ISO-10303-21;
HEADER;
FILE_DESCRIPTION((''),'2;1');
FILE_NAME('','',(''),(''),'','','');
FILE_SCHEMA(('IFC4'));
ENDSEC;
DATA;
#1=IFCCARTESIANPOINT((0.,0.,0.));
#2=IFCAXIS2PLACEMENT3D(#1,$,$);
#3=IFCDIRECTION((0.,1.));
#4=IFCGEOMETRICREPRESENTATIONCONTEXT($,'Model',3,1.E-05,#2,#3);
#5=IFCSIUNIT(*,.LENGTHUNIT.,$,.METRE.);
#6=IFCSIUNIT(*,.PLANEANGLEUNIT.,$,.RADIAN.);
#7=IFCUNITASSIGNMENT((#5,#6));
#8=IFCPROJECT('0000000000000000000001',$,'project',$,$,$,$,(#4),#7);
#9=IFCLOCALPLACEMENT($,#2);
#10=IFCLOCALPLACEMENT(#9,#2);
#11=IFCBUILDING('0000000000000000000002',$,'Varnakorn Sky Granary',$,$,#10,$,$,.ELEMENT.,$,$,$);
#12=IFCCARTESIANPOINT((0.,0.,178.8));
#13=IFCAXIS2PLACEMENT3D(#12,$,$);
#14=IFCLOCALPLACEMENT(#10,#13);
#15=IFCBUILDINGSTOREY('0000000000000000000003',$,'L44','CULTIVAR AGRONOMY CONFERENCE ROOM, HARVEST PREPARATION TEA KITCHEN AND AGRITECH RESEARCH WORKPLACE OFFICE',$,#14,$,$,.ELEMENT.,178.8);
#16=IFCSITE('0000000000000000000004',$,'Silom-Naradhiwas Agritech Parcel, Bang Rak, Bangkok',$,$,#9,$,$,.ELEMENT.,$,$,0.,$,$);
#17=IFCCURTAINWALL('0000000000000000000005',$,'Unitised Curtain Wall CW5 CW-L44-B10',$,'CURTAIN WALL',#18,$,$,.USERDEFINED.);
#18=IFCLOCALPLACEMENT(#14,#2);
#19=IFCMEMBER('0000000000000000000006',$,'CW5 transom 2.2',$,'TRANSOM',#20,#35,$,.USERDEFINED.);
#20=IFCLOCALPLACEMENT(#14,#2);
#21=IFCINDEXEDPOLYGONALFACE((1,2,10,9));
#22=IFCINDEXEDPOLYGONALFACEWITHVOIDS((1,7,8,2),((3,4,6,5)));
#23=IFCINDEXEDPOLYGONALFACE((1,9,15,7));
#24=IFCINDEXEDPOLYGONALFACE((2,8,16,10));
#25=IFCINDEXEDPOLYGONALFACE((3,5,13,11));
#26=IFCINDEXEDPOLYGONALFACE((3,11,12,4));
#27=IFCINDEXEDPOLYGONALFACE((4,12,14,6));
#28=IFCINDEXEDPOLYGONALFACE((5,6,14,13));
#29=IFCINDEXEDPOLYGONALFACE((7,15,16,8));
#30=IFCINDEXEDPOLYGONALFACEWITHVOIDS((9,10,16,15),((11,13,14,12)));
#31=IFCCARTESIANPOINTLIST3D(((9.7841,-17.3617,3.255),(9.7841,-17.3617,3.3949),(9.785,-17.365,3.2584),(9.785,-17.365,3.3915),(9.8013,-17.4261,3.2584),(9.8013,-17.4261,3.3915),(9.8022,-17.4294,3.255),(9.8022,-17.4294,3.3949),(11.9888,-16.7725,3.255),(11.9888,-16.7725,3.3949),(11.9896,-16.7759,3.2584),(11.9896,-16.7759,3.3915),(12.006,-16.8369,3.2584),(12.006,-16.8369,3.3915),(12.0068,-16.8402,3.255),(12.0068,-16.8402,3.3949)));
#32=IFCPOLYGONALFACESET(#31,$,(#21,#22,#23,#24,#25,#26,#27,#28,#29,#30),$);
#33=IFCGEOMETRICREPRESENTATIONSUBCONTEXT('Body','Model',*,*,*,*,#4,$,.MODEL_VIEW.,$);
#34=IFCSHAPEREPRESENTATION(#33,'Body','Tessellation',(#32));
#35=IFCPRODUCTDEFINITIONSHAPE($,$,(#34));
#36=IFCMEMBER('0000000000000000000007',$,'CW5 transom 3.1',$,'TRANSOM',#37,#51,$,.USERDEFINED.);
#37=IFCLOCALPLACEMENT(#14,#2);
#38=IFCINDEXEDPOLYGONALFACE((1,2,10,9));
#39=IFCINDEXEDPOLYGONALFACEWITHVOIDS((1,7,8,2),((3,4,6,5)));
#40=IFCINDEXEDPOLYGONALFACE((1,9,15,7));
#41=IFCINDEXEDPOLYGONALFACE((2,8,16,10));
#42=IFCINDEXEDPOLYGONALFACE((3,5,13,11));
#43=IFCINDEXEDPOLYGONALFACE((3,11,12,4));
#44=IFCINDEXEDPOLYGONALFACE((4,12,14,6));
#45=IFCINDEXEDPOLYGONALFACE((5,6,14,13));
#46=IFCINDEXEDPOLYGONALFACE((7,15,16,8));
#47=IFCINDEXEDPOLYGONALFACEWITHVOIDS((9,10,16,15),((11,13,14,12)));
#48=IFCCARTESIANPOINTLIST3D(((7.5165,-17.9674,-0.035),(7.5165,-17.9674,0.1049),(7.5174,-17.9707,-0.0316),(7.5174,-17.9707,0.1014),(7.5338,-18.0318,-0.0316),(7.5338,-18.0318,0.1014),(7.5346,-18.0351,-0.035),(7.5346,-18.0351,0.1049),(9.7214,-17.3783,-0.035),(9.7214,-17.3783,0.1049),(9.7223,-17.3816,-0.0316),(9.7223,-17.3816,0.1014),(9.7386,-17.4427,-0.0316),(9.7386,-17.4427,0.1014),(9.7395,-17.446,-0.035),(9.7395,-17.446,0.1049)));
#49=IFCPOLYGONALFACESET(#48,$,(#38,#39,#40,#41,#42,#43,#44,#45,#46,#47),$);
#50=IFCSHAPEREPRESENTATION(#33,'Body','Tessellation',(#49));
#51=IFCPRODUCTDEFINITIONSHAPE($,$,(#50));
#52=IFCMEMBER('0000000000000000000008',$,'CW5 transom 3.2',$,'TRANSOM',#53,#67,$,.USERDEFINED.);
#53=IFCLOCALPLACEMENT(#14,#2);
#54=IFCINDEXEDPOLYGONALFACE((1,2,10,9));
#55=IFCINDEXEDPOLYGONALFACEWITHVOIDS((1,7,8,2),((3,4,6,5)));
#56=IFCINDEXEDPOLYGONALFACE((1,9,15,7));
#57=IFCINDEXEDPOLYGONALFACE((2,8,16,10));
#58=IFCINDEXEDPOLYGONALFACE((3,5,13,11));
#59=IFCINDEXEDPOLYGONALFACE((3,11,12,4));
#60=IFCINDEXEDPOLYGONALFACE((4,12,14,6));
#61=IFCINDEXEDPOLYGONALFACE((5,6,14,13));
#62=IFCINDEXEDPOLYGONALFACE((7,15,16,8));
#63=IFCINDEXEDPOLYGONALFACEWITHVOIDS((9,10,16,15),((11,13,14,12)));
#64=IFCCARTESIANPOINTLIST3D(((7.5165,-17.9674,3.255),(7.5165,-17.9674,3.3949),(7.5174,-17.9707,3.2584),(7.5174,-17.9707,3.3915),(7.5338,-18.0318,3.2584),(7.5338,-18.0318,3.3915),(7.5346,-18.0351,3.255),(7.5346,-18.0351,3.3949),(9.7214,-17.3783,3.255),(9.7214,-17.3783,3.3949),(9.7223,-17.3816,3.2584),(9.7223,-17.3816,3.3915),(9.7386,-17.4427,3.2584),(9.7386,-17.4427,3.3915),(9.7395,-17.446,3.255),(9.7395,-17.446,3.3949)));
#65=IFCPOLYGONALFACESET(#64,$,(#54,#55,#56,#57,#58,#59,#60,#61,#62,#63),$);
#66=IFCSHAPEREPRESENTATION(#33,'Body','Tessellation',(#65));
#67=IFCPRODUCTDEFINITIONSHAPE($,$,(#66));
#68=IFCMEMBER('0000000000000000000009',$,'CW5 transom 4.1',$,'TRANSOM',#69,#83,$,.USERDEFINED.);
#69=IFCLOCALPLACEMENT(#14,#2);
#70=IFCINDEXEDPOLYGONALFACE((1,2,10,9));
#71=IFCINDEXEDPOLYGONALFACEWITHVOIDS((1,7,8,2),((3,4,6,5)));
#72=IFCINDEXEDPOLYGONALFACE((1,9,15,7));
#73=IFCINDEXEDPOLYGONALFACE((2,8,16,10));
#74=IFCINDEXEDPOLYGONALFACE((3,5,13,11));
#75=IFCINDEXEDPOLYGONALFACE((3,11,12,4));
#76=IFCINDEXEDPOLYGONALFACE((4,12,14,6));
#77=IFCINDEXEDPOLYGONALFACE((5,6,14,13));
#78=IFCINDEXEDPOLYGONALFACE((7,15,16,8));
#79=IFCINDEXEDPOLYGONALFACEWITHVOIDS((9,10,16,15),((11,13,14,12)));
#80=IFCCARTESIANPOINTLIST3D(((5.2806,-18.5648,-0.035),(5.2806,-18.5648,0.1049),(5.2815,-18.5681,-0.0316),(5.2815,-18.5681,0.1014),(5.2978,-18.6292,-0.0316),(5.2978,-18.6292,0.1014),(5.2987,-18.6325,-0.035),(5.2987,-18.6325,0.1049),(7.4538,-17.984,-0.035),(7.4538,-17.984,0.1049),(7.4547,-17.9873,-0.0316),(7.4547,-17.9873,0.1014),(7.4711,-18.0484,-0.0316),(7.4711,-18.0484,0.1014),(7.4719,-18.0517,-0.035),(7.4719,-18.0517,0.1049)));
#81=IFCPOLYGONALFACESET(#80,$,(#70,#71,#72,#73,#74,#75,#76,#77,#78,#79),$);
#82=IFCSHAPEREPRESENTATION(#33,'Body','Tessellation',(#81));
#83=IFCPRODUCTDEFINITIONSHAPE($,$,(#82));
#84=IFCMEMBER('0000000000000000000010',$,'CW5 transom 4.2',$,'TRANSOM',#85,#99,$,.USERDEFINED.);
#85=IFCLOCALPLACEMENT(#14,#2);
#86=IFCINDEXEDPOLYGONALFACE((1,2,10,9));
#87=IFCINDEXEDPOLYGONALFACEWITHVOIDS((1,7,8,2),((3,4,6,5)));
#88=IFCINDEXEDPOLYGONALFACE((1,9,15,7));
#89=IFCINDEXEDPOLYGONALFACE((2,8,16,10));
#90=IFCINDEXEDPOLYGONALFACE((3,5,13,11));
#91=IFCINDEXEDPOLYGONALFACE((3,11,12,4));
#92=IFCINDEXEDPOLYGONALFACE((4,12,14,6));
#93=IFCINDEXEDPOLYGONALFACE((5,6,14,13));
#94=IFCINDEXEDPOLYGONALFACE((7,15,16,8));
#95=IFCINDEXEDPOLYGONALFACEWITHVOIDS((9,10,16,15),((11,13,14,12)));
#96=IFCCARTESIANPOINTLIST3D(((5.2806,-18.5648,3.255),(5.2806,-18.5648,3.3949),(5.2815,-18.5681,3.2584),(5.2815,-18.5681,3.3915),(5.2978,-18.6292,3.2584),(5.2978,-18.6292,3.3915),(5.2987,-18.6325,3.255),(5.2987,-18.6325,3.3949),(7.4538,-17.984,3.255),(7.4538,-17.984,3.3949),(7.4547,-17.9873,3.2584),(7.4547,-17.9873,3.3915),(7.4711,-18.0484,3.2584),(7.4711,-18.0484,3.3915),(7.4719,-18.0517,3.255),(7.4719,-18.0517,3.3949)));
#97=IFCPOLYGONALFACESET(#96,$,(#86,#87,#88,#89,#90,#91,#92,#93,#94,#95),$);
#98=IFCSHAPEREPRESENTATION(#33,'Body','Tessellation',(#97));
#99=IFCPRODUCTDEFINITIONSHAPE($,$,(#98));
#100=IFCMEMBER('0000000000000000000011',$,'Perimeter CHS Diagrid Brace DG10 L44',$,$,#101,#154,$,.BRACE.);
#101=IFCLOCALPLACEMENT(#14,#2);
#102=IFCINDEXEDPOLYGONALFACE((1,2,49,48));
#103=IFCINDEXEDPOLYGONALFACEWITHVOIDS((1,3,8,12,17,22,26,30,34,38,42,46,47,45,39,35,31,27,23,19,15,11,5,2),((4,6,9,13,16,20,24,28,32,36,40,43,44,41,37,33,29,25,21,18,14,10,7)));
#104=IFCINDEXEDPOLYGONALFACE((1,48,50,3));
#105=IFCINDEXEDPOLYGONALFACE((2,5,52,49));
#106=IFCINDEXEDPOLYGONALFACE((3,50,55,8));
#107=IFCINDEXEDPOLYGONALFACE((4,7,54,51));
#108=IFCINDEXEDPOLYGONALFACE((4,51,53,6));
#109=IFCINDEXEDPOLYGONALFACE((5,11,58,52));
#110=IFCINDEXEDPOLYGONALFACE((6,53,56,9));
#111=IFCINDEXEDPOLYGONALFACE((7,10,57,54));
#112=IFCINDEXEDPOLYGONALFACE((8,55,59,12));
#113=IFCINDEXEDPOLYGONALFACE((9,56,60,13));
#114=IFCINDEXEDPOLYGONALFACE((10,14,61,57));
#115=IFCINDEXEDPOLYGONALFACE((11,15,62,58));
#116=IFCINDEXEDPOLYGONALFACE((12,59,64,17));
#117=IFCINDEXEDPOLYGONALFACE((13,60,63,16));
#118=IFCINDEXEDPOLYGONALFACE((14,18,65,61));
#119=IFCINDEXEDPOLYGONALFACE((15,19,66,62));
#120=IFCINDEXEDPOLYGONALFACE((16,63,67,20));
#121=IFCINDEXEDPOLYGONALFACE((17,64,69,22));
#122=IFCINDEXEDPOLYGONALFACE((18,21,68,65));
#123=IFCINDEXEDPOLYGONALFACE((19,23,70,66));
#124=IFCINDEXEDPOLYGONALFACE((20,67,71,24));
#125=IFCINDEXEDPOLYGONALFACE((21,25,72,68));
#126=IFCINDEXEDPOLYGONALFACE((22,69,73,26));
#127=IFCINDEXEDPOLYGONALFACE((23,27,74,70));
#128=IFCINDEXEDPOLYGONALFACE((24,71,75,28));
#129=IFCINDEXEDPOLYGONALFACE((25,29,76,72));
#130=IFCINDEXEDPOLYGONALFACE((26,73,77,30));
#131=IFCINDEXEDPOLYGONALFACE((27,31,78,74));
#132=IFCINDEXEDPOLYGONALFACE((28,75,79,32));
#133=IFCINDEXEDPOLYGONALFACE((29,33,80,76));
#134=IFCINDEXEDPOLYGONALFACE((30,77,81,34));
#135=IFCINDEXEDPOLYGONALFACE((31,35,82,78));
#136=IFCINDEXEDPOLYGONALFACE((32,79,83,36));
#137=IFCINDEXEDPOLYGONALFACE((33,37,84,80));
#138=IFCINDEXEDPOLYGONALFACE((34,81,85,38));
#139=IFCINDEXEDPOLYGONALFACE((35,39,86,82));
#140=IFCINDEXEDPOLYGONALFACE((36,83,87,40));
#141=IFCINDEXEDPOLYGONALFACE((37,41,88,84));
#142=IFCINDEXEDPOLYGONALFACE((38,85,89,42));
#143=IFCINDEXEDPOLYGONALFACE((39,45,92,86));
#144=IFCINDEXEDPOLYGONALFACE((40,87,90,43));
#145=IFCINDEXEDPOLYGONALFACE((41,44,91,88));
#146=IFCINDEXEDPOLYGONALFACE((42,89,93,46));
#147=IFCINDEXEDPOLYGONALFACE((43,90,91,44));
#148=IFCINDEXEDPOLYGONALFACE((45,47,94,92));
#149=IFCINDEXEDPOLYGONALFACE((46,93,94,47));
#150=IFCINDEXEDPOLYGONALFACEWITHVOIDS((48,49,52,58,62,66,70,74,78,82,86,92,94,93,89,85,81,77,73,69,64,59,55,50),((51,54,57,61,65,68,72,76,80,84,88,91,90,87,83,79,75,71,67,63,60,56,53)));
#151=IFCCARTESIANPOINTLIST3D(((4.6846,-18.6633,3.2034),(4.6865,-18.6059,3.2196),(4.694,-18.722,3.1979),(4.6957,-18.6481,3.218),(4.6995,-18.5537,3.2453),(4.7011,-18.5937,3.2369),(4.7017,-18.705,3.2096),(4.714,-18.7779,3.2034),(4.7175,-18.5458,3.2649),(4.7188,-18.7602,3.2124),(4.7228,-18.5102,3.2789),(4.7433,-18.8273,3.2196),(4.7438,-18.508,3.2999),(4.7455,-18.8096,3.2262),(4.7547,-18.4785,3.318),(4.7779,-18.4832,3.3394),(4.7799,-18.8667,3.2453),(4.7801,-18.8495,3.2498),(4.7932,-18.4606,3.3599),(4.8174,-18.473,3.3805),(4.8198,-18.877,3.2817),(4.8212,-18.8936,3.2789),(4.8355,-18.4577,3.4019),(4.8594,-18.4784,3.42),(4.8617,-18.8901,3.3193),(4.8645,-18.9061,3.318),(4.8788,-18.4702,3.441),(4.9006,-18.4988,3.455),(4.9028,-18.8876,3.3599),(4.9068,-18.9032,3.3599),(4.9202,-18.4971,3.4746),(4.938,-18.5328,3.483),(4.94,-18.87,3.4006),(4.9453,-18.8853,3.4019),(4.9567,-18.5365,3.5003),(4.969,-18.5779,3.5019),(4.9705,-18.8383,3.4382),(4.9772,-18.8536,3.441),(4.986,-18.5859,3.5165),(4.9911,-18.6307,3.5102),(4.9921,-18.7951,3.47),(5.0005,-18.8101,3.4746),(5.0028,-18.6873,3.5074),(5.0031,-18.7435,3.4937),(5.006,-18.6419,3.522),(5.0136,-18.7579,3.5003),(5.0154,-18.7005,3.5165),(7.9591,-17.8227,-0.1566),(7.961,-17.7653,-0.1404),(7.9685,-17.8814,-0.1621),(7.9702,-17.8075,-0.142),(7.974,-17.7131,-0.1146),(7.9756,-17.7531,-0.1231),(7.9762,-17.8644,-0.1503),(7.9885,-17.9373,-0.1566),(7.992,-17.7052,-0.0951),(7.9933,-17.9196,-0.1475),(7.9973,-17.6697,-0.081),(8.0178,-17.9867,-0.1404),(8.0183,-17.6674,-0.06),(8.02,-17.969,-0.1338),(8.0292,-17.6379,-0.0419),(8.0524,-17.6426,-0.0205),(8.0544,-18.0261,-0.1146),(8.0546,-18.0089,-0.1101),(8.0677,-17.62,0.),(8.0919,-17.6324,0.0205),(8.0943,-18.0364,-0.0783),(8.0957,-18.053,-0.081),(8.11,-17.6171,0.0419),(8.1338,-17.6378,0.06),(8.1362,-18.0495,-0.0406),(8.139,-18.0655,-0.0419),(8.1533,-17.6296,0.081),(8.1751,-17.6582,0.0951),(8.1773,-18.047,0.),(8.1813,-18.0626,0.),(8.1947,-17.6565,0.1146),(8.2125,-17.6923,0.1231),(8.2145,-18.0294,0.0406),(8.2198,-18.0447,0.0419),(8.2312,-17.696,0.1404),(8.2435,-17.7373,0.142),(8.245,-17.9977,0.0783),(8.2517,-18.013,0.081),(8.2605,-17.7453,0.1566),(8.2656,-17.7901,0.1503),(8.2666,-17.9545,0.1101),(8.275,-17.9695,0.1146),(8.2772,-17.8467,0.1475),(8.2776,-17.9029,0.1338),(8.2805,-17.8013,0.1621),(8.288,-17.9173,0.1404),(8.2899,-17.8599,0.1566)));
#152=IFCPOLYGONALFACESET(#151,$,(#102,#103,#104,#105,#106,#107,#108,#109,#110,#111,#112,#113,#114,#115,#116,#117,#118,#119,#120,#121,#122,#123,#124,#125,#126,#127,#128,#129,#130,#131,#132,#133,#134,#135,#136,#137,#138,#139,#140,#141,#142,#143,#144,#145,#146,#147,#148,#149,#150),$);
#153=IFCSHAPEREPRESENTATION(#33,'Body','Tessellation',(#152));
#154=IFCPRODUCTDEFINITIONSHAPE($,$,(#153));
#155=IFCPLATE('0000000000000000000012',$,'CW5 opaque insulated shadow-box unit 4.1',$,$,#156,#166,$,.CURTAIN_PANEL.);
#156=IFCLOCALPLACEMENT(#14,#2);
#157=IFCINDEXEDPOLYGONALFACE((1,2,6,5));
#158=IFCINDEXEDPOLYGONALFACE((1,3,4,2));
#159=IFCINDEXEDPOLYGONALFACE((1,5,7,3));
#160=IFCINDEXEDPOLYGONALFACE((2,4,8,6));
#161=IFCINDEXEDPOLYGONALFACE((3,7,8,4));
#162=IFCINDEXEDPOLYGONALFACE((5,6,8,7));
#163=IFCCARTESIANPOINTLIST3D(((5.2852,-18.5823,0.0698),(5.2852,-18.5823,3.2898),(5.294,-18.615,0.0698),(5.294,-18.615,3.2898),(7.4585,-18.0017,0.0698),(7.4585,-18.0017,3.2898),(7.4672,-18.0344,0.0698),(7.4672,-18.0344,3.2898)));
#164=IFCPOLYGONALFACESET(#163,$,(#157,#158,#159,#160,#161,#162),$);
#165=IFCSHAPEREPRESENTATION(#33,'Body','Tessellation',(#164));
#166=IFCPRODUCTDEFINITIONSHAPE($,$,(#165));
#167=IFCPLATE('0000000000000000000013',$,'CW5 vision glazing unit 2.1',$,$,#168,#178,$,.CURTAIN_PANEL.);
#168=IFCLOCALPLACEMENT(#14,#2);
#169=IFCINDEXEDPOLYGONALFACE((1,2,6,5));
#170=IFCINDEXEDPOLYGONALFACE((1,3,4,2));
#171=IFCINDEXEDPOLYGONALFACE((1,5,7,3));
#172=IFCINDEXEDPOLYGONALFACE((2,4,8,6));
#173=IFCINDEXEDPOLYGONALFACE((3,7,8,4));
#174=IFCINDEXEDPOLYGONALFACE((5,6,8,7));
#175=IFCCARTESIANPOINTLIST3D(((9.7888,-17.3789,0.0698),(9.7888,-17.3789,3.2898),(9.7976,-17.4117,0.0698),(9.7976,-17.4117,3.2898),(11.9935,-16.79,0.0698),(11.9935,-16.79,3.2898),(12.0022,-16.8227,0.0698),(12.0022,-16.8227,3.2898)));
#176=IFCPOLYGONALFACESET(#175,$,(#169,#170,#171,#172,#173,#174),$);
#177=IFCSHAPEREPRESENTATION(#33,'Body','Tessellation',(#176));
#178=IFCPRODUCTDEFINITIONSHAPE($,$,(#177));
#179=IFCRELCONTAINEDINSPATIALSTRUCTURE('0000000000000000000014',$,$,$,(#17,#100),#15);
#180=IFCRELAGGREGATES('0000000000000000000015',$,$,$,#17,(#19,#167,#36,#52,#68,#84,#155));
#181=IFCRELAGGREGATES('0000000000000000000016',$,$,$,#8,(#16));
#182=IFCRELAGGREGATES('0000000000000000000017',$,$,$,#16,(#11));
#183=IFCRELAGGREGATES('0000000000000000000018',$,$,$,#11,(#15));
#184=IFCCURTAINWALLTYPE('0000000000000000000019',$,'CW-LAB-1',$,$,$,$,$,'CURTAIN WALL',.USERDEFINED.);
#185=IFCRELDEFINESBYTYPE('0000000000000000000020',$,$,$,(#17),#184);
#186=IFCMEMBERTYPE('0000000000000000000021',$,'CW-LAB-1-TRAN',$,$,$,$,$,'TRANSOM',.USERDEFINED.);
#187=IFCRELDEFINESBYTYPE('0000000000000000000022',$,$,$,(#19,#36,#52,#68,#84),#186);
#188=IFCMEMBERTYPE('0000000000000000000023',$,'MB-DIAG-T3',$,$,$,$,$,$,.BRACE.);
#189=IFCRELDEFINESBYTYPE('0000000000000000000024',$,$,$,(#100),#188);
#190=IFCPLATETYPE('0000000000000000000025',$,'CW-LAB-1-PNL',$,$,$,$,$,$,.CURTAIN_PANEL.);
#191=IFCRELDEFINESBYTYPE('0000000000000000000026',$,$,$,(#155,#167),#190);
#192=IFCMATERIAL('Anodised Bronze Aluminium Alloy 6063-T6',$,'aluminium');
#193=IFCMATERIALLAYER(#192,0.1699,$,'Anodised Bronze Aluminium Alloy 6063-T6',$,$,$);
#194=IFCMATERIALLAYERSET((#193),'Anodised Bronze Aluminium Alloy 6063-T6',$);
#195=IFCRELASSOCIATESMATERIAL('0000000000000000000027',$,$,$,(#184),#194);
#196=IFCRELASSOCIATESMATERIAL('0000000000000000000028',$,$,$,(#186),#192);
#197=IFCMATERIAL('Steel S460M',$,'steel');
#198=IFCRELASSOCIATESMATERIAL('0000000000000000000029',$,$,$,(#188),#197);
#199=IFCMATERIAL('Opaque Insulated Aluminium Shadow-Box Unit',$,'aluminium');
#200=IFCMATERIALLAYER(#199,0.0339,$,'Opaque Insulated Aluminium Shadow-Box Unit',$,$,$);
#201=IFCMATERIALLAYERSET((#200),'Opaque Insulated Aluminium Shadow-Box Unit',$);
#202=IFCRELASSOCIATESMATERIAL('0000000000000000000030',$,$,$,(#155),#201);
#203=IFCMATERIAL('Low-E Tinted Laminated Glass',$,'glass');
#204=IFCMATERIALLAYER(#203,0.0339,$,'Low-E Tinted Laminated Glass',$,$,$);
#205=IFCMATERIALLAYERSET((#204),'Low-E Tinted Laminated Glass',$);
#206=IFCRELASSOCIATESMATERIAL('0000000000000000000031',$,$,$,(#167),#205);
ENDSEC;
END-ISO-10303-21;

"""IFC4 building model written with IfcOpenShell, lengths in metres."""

from ifc_helpers import new_model, si_unit, direction, frame, origin, origin_2d, place, context, subcontext, project, spatial, rectangle, hollow_rectangle, hollow_circle, extrude, source, transform, mapped, material, layer, layer_set, material_profile, profile_set, type_object, type_shapes, element, aggregate, save


model = new_model("IFC4")

# Units and contexts
model_context = context("Model", 3, precision=1e-05, world=origin(), true_north=direction((0.0, 1.0)))
body_context = subcontext(model_context, "Body", "Model", "MODEL_VIEW")
ifc_project = project(units=[si_unit("LENGTHUNIT", "METRE"), si_unit("PLANEANGLEUNIT", "RADIAN")], contexts=[model_context])

# Site, building, storey
site_placement = place(None, origin())
site = spatial("IfcSite", under=ifc_project, at=site_placement, Name="Silom-Naradhiwas Agritech Parcel, Bang Rak, Bangkok", CompositionType="ELEMENT", RefElevation=0.0)
building_placement = place(site_placement, origin())
building = spatial("IfcBuilding", under=site, at=building_placement, Name="Varnakorn Sky Granary", CompositionType="ELEMENT")
storey_placement = place(building_placement, frame((0.0, 0.0, 178.8)))
storey = spatial("IfcBuildingStorey", under=building, at=storey_placement, Name="L44", Description="CULTIVAR AGRONOMY CONFERENCE ROOM, HARVEST PREPARATION TEA KITCHEN AND AGRITECH RESEARCH WORKPLACE OFFICE", CompositionType="ELEMENT", Elevation=178.8)

# Shared definitions
ifc_material_1 = material(Name="Steel S460M", Category="steel")

# Curtain wall, members
ifc_material_2 = material(Name="Anodised Bronze Aluminium Alloy 6063-T6", Category="aluminium")
ifc_layer_1 = layer(ifc_material_2, 0.1699, Name="Anodised Bronze Aluminium Alloy 6063-T6")
ifc_layer_set_1 = layer_set([ifc_layer_1], Name="Anodised Bronze Aluminium Alloy 6063-T6")
curtain_wall_type = type_object("IfcCurtainWallType", Name="CW-LAB-1", ElementType="CURTAIN WALL", PredefinedType="USERDEFINED", material=ifc_layer_set_1)
curtain_wall_placement = place(storey_placement, origin())
curtain_wall = element("IfcCurtainWall", 1, at=curtain_wall_placement, inside=storey, type_object=curtain_wall_type, Name="Unitised Curtain Wall CW5 CW-L44-B10", ObjectType="CURTAIN WALL", PredefinedType="USERDEFINED")
ifc_material_profile_1 = material_profile(ifc_material_2, hollow_rectangle(XDim=0.0701, YDim=0.1399, WallThickness=0.0034, at=origin_2d()), Name="ALU TRAN 70x140")
ifc_profile_set_1 = profile_set([ifc_material_profile_1], Name="Anodised Bronze Aluminium Alloy 6063-T6")
member_type_1 = type_object("IfcMemberType", Name="CW-LAB-1-TRAN", ElementType="TRANSOM", PredefinedType="USERDEFINED", material=ifc_profile_set_1)
member_1_placement = place(storey_placement, frame((11.9978, -16.8064, 3.325), z_axis=(-0.966102, -0.258162, 0.0), x_axis=(0.258162, -0.966102, 0.0)))
member_1 = element("IfcMember", 2, at=member_1_placement, type_object=member_type_1, Name="CW5 transom 2.2", ObjectType="TRANSOM", PredefinedType="USERDEFINED", context=body_context, shape_type="SweptSolid", body=[
    extrude(hollow_rectangle(XDim=0.0701, YDim=0.1399, WallThickness=0.0034, at=origin_2d()), origin(), (0.0, 0.0, 1.0), 2.282),
])
member_2_placement = place(storey_placement, frame((9.7305, -17.4121, 0.0349), z_axis=(-0.966109, -0.258135, 0.0), x_axis=(0.258135, -0.966109, 0.0)))
member_2 = element("IfcMember", 3, at=member_2_placement, type_object=member_type_1, Name="CW5 transom 3.1", ObjectType="TRANSOM", PredefinedType="USERDEFINED", context=body_context, shape_type="SweptSolid", body=[
    extrude(hollow_rectangle(XDim=0.0701, YDim=0.1399, WallThickness=0.0034, at=origin_2d()), origin(), (0.0, 0.0, 1.0), 2.2822),
])
member_3_placement = place(storey_placement, frame((9.7305, -17.4121, 3.325), z_axis=(-0.966109, -0.258135, 0.0), x_axis=(0.258135, -0.966109, 0.0)))
member_3 = element("IfcMember", 4, at=member_3_placement, type_object=member_type_1, Name="CW5 transom 3.2", ObjectType="TRANSOM", PredefinedType="USERDEFINED", context=body_context, shape_type="SweptSolid", body=[
    extrude(hollow_rectangle(XDim=0.0701, YDim=0.1399, WallThickness=0.0034, at=origin_2d()), origin(), (0.0, 0.0, 1.0), 2.2822),
])
member_4_placement = place(storey_placement, frame((7.4629, -18.0178, 0.0349), z_axis=(-0.966096, -0.258183, 0.0), x_axis=(0.258183, -0.966096, 0.0)))
member_4 = element("IfcMember", 5, at=member_4_placement, type_object=member_type_1, Name="CW5 transom 4.1", ObjectType="TRANSOM", PredefinedType="USERDEFINED", context=body_context, shape_type="SweptSolid", body=[
    extrude(hollow_rectangle(XDim=0.0701, YDim=0.1399, WallThickness=0.0034, at=origin_2d()), origin(), (0.0, 0.0, 1.0), 2.2495),
])
member_5_placement = place(storey_placement, frame((7.4629, -18.0178, 3.325), z_axis=(-0.966096, -0.258183, 0.0), x_axis=(0.258183, -0.966096, 0.0)))
member_5 = element("IfcMember", 6, at=member_5_placement, type_object=member_type_1, Name="CW5 transom 4.2", ObjectType="TRANSOM", PredefinedType="USERDEFINED", context=body_context, shape_type="SweptSolid", body=[
    extrude(hollow_rectangle(XDim=0.0701, YDim=0.1399, WallThickness=0.0034, at=origin_2d()), origin(), (0.0, 0.0, 1.0), 2.2495),
])

# Member
ifc_material_profile_2 = material_profile(ifc_material_1, hollow_circle(Radius=0.2285, WallThickness=0.0161, at=origin_2d()), Name="CHS 457x16")
ifc_profile_set_2 = profile_set([ifc_material_profile_2], Name="Steel S460M")
member_type_2 = type_object("IfcMemberType", Name="MB-DIAG-T3", PredefinedType="BRACE", material=ifc_profile_set_2)
member_6_placement = place(storey_placement, frame((8.1245, -17.8413, 0.0), z_axis=(-0.687002, -0.17636, 0.70493), x_axis=(0.248648, -0.968594, 0.0)))
element("IfcMember", 7, at=member_6_placement, inside=storey, type_object=member_type_2, Name="Perimeter CHS Diagrid Brace DG10 L44", PredefinedType="BRACE", context=body_context, shape_type="SweptSolid", body=[
    extrude(hollow_circle(Radius=0.2285, WallThickness=0.0161, at=origin_2d()), origin(), (0.0, 0.0, 1.0), 4.7664),
])

# Plates
ifc_material_3 = material(Name="Opaque Insulated Aluminium Shadow-Box Unit", Category="aluminium")
ifc_layer_2 = layer(ifc_material_3, 0.0339, Name="Opaque Insulated Aluminium Shadow-Box Unit")
ifc_layer_set_2 = layer_set([ifc_layer_2], Name="Opaque Insulated Aluminium Shadow-Box Unit")
plate_type = type_object("IfcPlateType", Name="CW-LAB-1-PNL", PredefinedType="CURTAIN_PANEL")
shared_shape_1 = source(origin(), body_context, "Body", "SweptSolid", [
    extrude(rectangle(XDim=2.2495, YDim=0.0339, at=origin_2d()), origin(), (0.0, 0.0, 1.0), 3.22),
])
plate_1_placement = place(storey_placement, frame((6.3762, -18.3083, 0.0698), z_axis=(0.0, 0.0, 1.0), x_axis=(-0.966119, -0.258096, 0.0)))
plate_1 = element("IfcPlate", 8, at=plate_1_placement, type_object=plate_type, material=ifc_layer_set_2, Name="CW5 opaque insulated shadow-box unit 4.1", PredefinedType="CURTAIN_PANEL", context=body_context, shape_type="MappedRepresentation", body=[
    mapped(shared_shape_1, transform((0.0, 0.0, 0.0), x_axis=(1.0, 0.0, 0.0), y_axis=(0.0, 1.0, 0.0), z_axis=(0.0, 0.0, 1.0), scale=1.0)),
])
ifc_material_4 = material(Name="Low-E Tinted Laminated Glass", Category="glass")
ifc_layer_3 = layer(ifc_material_4, 0.0339, Name="Low-E Tinted Laminated Glass")
ifc_layer_set_3 = layer_set([ifc_layer_3], Name="Low-E Tinted Laminated Glass")
shared_shape_2 = source(origin(), body_context, "Body", "SweptSolid", [
    extrude(rectangle(XDim=2.282, YDim=0.0339, at=origin_2d()), origin(), (0.0, 0.0, 1.0), 3.22),
])
type_shapes(plate_type, [shared_shape_1, shared_shape_2])
plate_2_placement = place(storey_placement, frame((10.8955, -17.1008, 0.0698), z_axis=(0.0, 0.0, 1.0), x_axis=(-0.966119, -0.258096, 0.0)))
plate_2 = element("IfcPlate", 9, at=plate_2_placement, type_object=plate_type, material=ifc_layer_set_3, Name="CW5 vision glazing unit 2.1", PredefinedType="CURTAIN_PANEL", context=body_context, shape_type="MappedRepresentation", body=[
    mapped(shared_shape_2, transform((0.0, 0.0, 0.0), x_axis=(1.0, 0.0, 0.0), y_axis=(0.0, 1.0, 0.0), z_axis=(0.0, 0.0, 1.0), scale=1.0)),
])
aggregate(curtain_wall, [member_1, plate_2, member_2, member_3, member_4, member_5, plate_1])

save(model, "model.ifc")
